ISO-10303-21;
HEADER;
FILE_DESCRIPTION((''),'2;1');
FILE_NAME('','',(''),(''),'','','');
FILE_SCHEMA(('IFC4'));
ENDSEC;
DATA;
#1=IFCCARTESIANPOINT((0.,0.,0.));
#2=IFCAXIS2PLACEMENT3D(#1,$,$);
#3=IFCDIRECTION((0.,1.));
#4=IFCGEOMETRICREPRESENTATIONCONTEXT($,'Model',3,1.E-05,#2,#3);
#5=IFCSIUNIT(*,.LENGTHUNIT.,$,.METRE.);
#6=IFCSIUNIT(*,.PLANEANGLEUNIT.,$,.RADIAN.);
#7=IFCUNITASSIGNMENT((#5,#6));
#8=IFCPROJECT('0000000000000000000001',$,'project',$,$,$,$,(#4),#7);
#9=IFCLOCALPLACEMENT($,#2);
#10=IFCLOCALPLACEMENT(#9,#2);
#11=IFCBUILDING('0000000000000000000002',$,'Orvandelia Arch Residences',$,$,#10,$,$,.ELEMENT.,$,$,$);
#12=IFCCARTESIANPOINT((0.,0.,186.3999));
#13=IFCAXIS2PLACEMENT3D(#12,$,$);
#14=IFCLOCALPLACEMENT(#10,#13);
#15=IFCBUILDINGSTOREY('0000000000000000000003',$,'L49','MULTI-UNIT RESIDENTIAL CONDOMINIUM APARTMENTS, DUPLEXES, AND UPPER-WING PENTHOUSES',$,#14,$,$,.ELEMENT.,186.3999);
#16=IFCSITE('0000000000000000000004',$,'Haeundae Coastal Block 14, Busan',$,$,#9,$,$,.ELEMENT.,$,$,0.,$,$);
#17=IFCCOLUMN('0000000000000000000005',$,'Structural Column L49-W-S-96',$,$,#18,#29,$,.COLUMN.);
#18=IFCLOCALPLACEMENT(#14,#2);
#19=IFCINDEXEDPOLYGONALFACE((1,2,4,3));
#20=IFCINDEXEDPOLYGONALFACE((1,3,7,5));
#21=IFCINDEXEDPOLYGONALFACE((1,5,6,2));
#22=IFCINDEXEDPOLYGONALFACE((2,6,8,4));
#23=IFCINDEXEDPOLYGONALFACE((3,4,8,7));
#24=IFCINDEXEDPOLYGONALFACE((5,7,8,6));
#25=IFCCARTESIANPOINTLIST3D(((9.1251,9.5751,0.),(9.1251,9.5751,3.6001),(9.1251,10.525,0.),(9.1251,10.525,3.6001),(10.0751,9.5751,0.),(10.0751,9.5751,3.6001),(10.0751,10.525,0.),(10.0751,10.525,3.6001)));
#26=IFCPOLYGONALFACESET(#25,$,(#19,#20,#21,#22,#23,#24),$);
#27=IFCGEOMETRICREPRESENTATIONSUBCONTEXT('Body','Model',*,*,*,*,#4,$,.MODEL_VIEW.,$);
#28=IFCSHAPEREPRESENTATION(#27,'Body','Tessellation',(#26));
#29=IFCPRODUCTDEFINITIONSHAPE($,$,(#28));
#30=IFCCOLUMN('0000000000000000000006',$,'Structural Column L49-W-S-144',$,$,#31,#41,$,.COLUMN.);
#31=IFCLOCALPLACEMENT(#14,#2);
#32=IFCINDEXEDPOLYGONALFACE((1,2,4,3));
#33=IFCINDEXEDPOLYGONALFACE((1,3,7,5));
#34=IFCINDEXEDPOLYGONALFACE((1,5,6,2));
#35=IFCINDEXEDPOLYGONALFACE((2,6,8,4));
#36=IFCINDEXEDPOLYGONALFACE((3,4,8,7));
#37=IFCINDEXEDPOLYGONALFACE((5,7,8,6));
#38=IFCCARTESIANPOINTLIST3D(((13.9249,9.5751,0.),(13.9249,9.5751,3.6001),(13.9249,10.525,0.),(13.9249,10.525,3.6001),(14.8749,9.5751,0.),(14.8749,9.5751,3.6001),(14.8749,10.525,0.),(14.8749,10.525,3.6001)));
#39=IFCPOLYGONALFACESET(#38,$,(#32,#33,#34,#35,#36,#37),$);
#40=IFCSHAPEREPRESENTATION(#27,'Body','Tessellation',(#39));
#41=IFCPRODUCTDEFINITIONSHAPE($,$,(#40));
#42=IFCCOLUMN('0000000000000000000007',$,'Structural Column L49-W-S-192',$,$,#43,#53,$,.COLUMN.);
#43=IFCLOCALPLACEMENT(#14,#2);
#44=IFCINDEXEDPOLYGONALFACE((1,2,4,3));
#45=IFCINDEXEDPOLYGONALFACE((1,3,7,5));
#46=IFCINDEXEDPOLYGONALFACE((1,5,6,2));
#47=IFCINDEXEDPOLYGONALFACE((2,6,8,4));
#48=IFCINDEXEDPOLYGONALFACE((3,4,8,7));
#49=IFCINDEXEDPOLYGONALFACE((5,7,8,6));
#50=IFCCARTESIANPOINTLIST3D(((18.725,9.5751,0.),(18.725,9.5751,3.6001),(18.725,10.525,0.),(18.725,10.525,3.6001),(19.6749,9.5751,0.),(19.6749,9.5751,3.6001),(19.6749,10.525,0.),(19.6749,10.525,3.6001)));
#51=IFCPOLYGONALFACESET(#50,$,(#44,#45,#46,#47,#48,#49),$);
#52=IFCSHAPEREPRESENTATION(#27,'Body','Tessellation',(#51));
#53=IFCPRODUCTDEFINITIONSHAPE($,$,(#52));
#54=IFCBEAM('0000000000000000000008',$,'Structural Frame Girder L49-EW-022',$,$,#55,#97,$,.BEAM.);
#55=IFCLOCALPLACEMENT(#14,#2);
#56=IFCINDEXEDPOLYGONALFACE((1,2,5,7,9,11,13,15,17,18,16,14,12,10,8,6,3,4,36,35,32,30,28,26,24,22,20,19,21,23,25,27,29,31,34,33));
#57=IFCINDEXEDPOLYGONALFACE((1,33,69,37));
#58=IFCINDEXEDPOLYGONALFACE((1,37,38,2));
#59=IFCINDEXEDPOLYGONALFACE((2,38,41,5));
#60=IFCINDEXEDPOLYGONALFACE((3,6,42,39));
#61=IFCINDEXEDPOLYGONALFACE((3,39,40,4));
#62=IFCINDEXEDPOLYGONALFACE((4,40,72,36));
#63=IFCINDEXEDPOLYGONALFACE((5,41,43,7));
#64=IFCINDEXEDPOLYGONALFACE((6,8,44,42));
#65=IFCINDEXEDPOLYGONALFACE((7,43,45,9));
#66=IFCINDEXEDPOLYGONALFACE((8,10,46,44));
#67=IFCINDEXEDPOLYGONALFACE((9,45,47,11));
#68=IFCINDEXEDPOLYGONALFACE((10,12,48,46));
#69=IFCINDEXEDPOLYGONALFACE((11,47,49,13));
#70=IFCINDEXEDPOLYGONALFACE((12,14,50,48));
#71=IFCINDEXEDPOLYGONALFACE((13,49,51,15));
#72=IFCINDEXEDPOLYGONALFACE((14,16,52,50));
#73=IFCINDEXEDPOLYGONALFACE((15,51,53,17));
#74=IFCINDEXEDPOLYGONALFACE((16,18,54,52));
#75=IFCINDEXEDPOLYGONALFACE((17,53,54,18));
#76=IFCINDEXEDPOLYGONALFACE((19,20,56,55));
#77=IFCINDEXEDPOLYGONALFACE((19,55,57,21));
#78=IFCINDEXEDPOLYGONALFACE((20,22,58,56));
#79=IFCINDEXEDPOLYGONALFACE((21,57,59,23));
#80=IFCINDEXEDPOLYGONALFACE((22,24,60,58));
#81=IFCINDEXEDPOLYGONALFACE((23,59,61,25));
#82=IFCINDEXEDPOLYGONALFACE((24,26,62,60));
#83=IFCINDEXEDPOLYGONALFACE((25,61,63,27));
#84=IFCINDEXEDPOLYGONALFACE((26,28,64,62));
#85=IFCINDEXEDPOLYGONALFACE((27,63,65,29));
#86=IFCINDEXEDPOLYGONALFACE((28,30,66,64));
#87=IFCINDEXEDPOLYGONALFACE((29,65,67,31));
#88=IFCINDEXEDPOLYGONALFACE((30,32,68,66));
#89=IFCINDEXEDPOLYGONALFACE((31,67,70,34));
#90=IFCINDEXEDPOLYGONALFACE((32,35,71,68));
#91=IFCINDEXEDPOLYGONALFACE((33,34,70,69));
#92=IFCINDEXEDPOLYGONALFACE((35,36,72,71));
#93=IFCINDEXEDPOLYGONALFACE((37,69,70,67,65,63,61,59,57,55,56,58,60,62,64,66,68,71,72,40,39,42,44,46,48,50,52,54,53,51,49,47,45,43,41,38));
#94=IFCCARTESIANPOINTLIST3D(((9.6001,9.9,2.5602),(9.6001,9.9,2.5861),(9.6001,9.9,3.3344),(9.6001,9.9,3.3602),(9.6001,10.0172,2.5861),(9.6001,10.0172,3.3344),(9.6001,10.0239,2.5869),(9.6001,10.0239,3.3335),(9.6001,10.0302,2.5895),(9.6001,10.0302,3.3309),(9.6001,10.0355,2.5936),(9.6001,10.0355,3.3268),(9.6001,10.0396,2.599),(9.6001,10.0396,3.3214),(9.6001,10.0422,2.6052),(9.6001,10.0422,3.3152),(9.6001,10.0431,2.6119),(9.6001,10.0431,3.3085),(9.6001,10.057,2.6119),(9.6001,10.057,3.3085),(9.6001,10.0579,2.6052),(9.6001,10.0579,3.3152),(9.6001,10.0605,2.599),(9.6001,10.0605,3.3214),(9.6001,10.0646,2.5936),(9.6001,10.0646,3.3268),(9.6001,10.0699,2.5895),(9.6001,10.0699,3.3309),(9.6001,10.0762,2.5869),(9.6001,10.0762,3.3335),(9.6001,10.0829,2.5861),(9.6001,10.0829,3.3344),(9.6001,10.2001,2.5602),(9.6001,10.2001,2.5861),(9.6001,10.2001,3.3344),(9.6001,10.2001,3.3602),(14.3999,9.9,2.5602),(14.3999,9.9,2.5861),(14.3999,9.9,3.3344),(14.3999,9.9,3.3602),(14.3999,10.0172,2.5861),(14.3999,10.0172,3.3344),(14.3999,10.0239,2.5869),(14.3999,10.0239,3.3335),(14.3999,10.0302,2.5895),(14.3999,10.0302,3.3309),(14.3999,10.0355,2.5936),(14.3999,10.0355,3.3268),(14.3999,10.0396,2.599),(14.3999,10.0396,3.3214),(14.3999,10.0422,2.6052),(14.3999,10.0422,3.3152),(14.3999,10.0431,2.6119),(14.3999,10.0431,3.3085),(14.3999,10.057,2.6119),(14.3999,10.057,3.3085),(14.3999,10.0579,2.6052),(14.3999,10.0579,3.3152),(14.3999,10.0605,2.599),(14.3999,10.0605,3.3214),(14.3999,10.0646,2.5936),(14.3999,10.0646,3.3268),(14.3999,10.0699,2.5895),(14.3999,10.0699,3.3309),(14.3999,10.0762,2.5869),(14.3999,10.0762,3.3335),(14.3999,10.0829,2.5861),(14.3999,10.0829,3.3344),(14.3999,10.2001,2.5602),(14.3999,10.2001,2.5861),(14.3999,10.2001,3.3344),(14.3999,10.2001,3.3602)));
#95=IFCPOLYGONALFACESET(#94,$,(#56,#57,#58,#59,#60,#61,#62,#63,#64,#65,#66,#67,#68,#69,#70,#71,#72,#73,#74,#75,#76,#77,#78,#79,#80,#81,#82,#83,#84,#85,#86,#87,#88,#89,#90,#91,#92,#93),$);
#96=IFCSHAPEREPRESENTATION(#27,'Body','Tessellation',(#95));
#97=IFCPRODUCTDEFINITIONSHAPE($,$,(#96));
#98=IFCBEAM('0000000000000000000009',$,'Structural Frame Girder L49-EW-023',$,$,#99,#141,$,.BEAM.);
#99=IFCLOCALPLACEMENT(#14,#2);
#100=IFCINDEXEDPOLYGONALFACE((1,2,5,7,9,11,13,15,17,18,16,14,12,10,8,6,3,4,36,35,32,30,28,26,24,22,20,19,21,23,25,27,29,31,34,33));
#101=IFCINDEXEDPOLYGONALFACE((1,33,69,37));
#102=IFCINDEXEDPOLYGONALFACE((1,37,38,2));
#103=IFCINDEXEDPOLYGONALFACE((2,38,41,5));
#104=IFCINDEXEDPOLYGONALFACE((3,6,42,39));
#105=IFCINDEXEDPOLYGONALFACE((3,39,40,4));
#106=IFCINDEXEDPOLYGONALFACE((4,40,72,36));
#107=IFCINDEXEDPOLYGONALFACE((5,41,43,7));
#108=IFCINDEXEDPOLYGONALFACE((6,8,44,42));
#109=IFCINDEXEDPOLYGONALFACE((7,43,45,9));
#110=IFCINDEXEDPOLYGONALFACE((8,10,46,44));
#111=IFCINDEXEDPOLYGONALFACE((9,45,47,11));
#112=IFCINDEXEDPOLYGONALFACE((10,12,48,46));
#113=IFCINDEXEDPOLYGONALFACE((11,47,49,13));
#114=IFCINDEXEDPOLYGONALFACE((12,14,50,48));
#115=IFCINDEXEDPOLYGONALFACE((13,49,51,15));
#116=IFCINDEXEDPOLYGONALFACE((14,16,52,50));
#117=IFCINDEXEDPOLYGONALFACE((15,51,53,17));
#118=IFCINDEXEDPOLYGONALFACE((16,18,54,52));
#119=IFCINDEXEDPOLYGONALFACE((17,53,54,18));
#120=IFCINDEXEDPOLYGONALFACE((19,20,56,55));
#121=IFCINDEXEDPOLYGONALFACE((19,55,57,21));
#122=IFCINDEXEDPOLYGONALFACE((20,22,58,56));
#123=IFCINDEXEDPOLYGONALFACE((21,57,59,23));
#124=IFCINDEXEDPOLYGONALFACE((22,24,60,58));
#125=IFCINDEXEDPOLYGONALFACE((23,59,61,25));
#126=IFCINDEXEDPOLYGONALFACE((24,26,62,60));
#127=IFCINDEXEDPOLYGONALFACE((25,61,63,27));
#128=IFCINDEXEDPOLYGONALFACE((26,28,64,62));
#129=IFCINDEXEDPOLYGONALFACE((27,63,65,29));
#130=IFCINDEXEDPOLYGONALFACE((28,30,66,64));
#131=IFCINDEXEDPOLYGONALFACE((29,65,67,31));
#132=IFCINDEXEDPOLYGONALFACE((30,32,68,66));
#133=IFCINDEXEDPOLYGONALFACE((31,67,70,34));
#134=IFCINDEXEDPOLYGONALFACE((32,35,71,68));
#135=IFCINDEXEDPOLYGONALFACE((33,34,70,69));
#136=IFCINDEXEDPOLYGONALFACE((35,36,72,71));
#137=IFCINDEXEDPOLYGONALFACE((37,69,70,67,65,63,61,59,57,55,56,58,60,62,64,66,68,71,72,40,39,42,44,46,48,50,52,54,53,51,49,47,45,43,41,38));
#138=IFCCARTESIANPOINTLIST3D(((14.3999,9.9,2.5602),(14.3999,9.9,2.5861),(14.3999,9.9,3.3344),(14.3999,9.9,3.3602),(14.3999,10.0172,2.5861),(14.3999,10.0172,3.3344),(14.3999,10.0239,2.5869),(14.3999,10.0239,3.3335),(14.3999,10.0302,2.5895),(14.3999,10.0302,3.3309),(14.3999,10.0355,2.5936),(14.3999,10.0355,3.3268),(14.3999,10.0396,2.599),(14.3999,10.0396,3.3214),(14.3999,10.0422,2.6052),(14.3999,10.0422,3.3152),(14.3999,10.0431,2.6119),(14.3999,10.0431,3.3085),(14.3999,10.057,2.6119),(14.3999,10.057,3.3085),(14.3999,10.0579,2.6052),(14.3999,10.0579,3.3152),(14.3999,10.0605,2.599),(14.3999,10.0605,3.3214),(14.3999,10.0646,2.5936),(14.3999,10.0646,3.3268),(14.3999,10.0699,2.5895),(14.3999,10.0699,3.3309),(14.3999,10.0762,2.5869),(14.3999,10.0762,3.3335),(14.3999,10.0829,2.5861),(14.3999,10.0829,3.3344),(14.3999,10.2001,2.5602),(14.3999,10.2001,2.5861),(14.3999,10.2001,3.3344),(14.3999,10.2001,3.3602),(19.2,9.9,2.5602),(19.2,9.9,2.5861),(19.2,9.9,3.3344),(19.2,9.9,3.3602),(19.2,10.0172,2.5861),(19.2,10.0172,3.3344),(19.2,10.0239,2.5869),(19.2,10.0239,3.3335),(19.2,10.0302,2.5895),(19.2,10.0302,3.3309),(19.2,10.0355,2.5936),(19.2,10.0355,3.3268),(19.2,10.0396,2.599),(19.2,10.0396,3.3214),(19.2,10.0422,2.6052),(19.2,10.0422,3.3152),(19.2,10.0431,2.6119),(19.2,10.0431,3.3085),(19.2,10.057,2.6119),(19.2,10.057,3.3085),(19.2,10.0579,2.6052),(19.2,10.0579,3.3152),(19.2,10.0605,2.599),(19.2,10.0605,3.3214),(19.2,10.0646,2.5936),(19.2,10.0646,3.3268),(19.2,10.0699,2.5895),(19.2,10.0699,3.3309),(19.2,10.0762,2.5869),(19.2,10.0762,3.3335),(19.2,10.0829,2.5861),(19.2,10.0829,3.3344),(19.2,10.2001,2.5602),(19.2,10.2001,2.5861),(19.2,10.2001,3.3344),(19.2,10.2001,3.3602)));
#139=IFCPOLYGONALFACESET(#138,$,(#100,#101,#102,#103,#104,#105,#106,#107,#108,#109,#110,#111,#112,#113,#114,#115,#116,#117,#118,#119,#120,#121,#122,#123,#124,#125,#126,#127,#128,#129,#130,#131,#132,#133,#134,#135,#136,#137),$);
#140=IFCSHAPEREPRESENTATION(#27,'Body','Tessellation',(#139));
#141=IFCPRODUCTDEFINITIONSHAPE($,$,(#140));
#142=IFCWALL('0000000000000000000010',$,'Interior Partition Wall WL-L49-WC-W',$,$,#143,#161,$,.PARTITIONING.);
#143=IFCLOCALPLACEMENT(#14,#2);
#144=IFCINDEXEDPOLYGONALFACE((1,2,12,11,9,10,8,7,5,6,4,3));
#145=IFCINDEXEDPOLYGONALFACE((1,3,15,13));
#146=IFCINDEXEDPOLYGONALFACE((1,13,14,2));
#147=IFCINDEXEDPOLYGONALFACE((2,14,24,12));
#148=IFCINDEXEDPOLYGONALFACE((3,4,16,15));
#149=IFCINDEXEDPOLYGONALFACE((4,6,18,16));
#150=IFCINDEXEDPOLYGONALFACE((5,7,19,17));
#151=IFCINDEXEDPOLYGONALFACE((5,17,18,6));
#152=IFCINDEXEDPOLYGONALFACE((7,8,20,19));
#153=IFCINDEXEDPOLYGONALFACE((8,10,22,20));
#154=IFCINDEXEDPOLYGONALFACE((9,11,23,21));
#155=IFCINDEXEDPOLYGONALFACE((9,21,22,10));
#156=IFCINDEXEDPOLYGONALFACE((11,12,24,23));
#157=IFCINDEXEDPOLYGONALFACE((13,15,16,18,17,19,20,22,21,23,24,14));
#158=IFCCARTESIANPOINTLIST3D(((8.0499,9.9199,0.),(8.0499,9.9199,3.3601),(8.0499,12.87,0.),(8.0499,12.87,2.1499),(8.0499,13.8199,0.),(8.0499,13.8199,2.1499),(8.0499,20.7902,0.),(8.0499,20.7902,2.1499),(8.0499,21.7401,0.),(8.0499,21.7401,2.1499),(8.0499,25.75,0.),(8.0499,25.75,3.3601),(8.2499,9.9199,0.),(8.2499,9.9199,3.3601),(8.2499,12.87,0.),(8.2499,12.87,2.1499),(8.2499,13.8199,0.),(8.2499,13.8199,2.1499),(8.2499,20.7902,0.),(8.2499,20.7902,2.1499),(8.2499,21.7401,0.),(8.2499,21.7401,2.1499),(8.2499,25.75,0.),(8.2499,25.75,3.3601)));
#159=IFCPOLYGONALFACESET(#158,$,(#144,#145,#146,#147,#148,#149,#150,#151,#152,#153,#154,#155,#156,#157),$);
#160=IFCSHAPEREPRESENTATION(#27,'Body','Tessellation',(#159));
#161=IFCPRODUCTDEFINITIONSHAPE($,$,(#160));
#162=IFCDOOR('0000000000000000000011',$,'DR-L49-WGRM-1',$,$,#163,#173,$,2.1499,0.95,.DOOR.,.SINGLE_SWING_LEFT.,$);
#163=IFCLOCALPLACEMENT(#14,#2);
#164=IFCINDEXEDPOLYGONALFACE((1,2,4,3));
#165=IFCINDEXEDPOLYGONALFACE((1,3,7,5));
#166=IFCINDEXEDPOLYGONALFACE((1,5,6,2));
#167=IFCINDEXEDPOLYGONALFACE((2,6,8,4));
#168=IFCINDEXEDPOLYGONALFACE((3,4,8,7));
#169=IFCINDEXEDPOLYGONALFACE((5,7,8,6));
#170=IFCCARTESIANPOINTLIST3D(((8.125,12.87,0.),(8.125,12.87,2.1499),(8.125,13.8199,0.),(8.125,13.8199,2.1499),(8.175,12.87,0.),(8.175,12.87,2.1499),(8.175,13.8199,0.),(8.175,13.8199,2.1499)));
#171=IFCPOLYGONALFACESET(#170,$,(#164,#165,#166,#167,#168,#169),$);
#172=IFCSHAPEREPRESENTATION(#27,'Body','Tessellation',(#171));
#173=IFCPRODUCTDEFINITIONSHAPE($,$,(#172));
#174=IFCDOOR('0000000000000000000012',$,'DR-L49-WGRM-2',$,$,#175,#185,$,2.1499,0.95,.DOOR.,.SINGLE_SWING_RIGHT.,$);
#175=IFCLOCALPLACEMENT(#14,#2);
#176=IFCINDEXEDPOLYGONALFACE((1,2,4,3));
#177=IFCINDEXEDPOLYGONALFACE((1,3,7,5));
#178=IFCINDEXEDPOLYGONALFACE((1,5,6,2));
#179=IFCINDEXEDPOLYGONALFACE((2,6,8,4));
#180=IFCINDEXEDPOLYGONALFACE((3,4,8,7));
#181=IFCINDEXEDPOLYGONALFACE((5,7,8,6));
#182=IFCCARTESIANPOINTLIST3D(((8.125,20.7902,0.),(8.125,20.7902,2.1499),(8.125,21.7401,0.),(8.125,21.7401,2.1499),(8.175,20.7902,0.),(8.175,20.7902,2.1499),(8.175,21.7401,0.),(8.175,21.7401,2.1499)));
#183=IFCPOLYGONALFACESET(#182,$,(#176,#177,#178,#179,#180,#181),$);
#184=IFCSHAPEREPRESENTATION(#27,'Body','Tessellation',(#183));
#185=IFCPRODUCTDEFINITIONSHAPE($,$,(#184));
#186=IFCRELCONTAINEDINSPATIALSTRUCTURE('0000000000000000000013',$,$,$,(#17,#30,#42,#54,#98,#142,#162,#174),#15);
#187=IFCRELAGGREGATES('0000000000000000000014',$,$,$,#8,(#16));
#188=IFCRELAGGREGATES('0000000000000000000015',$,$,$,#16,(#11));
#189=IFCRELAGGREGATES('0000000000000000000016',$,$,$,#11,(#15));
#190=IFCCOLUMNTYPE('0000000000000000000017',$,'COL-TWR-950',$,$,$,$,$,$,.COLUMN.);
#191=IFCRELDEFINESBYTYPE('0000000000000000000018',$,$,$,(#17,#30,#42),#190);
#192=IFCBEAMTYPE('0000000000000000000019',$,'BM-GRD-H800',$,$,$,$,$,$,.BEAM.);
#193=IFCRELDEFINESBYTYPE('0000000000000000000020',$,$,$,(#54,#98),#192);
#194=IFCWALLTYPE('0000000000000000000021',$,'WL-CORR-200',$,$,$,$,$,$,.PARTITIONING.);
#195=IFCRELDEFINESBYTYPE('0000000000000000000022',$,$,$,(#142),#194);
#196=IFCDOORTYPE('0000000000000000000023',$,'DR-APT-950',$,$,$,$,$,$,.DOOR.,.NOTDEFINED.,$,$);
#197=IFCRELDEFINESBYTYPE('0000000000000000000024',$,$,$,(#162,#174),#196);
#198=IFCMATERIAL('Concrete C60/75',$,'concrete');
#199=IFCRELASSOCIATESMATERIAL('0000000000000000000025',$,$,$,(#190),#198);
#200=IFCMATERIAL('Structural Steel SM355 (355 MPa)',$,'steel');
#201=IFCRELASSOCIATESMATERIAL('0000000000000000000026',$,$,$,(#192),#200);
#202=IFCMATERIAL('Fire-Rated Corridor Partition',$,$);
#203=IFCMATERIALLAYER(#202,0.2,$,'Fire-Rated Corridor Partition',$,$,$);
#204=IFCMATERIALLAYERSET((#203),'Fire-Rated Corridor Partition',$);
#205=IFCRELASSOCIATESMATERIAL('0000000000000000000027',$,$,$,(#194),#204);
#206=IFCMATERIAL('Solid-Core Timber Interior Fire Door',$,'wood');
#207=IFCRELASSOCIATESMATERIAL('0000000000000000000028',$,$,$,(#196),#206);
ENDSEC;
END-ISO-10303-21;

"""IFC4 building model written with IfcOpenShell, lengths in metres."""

from ifc_helpers import new_model, si_unit, direction, frame, frame_2d, origin, origin_2d, place, context, subcontext, project, spatial, rectangle, i_section, extrude, material, layer, layer_set, material_profile, profile_set, type_object, element, fill, save


model = new_model("IFC4")

# Units and contexts
model_context = context("Model", 3, precision=1e-05, world=origin(), true_north=direction((0.0, 1.0)))
body_context = subcontext(model_context, "Body", "Model", "MODEL_VIEW")
ifc_project = project(units=[si_unit("LENGTHUNIT", "METRE"), si_unit("PLANEANGLEUNIT", "RADIAN")], contexts=[model_context])

# Site, building, storey
site_placement = place(None, origin())
site = spatial("IfcSite", under=ifc_project, at=site_placement, Name="Haeundae Coastal Block 14, Busan", CompositionType="ELEMENT", RefElevation=0.0)
building_placement = place(site_placement, origin())
building = spatial("IfcBuilding", under=site, at=building_placement, Name="Orvandelia Arch Residences", CompositionType="ELEMENT")
storey_placement = place(building_placement, frame((0.0, 0.0, 186.3999)))
storey = spatial("IfcBuildingStorey", under=building, at=storey_placement, Name="L49", Description="MULTI-UNIT RESIDENTIAL CONDOMINIUM APARTMENTS, DUPLEXES, AND UPPER-WING PENTHOUSES", CompositionType="ELEMENT", Elevation=186.3999)

# Columns
ifc_material_1 = material(Name="Concrete C60/75", Category="concrete")
ifc_material_profile_1 = material_profile(ifc_material_1, rectangle(XDim=0.95, YDim=0.95, at=origin_2d()), Name="Concrete C60/75", Category="concrete")
ifc_profile_set_1 = profile_set([ifc_material_profile_1], Name="Concrete C60/75")
column_type = type_object("IfcColumnType", Name="COL-TWR-950", PredefinedType="COLUMN", material=ifc_profile_set_1)
for number, where, z_axis, x_axis, name in (
    (1, (9.6001, 10.05, 0.0), (0.0, 0.0, 1.0), (1.0, 0.0, 0.0), "Structural Column L49-W-S-96"),
    (2, (14.3999, 10.05, 0.0), (0.0, 0.0, 1.0), (1.0, 0.0, 0.0), "Structural Column L49-W-S-144"),
    (3, (19.2, 10.05, 0.0), (0.0, 0.0, 1.0), (1.0, 0.0, 0.0), "Structural Column L49-W-S-192"),
):
    element("IfcColumn", number, at=place(storey_placement, frame(where, z_axis=z_axis, x_axis=x_axis)), inside=storey, type_object=column_type, Name=name, PredefinedType="COLUMN", context=body_context, shape_type="SweptSolid", body=[
        extrude(rectangle(XDim=0.95, YDim=0.95, at=origin_2d()), origin(), (0.0, 0.0, 1.0), 3.6001),
    ])

# Beams
ifc_material_2 = material(Name="Structural Steel SM355 (355 MPa)", Category="steel")
ifc_material_profile_2 = material_profile(ifc_material_2, i_section(OverallWidth=0.3, OverallDepth=0.8, WebThickness=0.0139, FlangeThickness=0.0259, FilletRadius=0.0259, at=origin_2d()), Name="Structural Steel SM355 (355 MPa)", Category="steel")
ifc_profile_set_2 = profile_set([ifc_material_profile_2], Name="Structural Steel SM355 (355 MPa)")
beam_type = type_object("IfcBeamType", Name="BM-GRD-H800", PredefinedType="BEAM", material=ifc_profile_set_2)
beam_1_placement = place(storey_placement, frame((9.6001, 10.05, 2.9602), z_axis=(1.0, 0.0, 0.0), x_axis=(0.0, 1.0, 0.0)))
element("IfcBeam", 4, at=beam_1_placement, inside=storey, type_object=beam_type, Name="Structural Frame Girder L49-EW-022", PredefinedType="BEAM", context=body_context, shape_type="SweptSolid", body=[
    extrude(i_section(OverallWidth=0.3, OverallDepth=0.8, WebThickness=0.0139, FlangeThickness=0.0259, FilletRadius=0.0259, at=origin_2d()), origin(), (0.0, 0.0, 1.0), 4.7998),
])
beam_2_placement = place(storey_placement, frame((14.3999, 10.05, 2.9602), z_axis=(1.0, 0.0, 0.0), x_axis=(0.0, 1.0, 0.0)))
element("IfcBeam", 5, at=beam_2_placement, inside=storey, type_object=beam_type, Name="Structural Frame Girder L49-EW-023", PredefinedType="BEAM", context=body_context, shape_type="SweptSolid", body=[
    extrude(i_section(OverallWidth=0.3, OverallDepth=0.8, WebThickness=0.0139, FlangeThickness=0.0259, FilletRadius=0.0259, at=origin_2d()), origin(), (0.0, 0.0, 1.0), 4.8),
])

# Wall, openings, doors
ifc_material_3 = material(Name="Fire-Rated Corridor Partition")
ifc_layer_1 = layer(ifc_material_3, 0.2, Name="Fire-Rated Corridor Partition")
ifc_layer_set_1 = layer_set([ifc_layer_1], Name="Fire-Rated Corridor Partition")
wall_type_1 = type_object("IfcWallType", Name="WL-CORR-200", PredefinedType="PARTITIONING", material=ifc_layer_set_1)
wall_1_placement = place(storey_placement, frame((8.1499, 9.9199, 0.0), z_axis=(0.0, 0.0, 1.0), x_axis=(0.0, 1.0, 0.0)))
wall_1 = element("IfcWall", 6, at=wall_1_placement, inside=storey, type_object=wall_type_1, Name="Interior Partition Wall WL-L49-WC-W", PredefinedType="PARTITIONING", context=body_context, shape_type="SweptSolid", body=[
    extrude(rectangle(XDim=15.8301, YDim=0.2, at=frame_2d((7.915, 0.0))), origin(), (0.0, 0.0, 1.0), 3.3601),
])
opening_1_placement = place(wall_1_placement, frame((2.95, 0.0, 0.0)))
opening_1 = element("IfcOpeningElement", 7, at=opening_1_placement, cuts=wall_1, PredefinedType="OPENING", context=body_context, shape_type="SweptSolid", body=[
    extrude(rectangle(XDim=0.95, YDim=2.1499, at=frame_2d((0.4751, 1.075))), frame((0.0, 0.1099, 0.0), z_axis=(0.0, -1.0, 0.0), x_axis=(1.0, 0.0, 0.0)), (0.0, 0.0, 1.0), 0.22),
])
opening_2_placement = place(wall_1_placement, frame((10.8701, 0.0, 0.0)))
opening_2 = element("IfcOpeningElement", 8, at=opening_2_placement, cuts=wall_1, PredefinedType="OPENING", context=body_context, shape_type="SweptSolid", body=[
    extrude(rectangle(XDim=0.95, YDim=2.1499, at=frame_2d((0.4751, 1.075))), frame((0.0, 0.1099, 0.0), z_axis=(0.0, -1.0, 0.0), x_axis=(1.0, 0.0, 0.0)), (0.0, 0.0, 1.0), 0.22),
])
ifc_material_4 = material(Name="Solid-Core Timber Interior Fire Door", Category="wood")
door_type_1 = type_object("IfcDoorType", Name="DR-APT-950", OperationType="NOTDEFINED", PredefinedType="DOOR", material=ifc_material_4)
door_1_placement = place(opening_1_placement, origin())
door_1 = element("IfcDoor", 9, at=door_1_placement, inside=storey, type_object=door_type_1, Name="DR-L49-WGRM-1", OperationType="SINGLE_SWING_LEFT", OverallHeight=2.1499, OverallWidth=0.95, PredefinedType="DOOR", context=body_context, shape_type="SweptSolid", body=[
    extrude(rectangle(XDim=0.95, YDim=2.1499, at=frame_2d((0.4751, 1.075))), frame((0.0, 0.0249, 0.0), z_axis=(0.0, -1.0, 0.0), x_axis=(1.0, 0.0, 0.0)), (0.0, 0.0, 1.0), 0.05),
])
fill(opening_1, door_1)
door_2_placement = place(opening_2_placement, origin())
door_2 = element("IfcDoor", 10, at=door_2_placement, inside=storey, type_object=door_type_1, Name="DR-L49-WGRM-2", OperationType="SINGLE_SWING_RIGHT", OverallHeight=2.1499, OverallWidth=0.95, PredefinedType="DOOR", context=body_context, shape_type="SweptSolid", body=[
    extrude(rectangle(XDim=0.95, YDim=2.1499, at=frame_2d((0.4751, 1.075))), frame((0.0, 0.0249, 0.0), z_axis=(0.0, -1.0, 0.0), x_axis=(1.0, 0.0, 0.0)), (0.0, 0.0, 1.0), 0.05),
])
fill(opening_2, door_2)

save(model, "model.ifc")
